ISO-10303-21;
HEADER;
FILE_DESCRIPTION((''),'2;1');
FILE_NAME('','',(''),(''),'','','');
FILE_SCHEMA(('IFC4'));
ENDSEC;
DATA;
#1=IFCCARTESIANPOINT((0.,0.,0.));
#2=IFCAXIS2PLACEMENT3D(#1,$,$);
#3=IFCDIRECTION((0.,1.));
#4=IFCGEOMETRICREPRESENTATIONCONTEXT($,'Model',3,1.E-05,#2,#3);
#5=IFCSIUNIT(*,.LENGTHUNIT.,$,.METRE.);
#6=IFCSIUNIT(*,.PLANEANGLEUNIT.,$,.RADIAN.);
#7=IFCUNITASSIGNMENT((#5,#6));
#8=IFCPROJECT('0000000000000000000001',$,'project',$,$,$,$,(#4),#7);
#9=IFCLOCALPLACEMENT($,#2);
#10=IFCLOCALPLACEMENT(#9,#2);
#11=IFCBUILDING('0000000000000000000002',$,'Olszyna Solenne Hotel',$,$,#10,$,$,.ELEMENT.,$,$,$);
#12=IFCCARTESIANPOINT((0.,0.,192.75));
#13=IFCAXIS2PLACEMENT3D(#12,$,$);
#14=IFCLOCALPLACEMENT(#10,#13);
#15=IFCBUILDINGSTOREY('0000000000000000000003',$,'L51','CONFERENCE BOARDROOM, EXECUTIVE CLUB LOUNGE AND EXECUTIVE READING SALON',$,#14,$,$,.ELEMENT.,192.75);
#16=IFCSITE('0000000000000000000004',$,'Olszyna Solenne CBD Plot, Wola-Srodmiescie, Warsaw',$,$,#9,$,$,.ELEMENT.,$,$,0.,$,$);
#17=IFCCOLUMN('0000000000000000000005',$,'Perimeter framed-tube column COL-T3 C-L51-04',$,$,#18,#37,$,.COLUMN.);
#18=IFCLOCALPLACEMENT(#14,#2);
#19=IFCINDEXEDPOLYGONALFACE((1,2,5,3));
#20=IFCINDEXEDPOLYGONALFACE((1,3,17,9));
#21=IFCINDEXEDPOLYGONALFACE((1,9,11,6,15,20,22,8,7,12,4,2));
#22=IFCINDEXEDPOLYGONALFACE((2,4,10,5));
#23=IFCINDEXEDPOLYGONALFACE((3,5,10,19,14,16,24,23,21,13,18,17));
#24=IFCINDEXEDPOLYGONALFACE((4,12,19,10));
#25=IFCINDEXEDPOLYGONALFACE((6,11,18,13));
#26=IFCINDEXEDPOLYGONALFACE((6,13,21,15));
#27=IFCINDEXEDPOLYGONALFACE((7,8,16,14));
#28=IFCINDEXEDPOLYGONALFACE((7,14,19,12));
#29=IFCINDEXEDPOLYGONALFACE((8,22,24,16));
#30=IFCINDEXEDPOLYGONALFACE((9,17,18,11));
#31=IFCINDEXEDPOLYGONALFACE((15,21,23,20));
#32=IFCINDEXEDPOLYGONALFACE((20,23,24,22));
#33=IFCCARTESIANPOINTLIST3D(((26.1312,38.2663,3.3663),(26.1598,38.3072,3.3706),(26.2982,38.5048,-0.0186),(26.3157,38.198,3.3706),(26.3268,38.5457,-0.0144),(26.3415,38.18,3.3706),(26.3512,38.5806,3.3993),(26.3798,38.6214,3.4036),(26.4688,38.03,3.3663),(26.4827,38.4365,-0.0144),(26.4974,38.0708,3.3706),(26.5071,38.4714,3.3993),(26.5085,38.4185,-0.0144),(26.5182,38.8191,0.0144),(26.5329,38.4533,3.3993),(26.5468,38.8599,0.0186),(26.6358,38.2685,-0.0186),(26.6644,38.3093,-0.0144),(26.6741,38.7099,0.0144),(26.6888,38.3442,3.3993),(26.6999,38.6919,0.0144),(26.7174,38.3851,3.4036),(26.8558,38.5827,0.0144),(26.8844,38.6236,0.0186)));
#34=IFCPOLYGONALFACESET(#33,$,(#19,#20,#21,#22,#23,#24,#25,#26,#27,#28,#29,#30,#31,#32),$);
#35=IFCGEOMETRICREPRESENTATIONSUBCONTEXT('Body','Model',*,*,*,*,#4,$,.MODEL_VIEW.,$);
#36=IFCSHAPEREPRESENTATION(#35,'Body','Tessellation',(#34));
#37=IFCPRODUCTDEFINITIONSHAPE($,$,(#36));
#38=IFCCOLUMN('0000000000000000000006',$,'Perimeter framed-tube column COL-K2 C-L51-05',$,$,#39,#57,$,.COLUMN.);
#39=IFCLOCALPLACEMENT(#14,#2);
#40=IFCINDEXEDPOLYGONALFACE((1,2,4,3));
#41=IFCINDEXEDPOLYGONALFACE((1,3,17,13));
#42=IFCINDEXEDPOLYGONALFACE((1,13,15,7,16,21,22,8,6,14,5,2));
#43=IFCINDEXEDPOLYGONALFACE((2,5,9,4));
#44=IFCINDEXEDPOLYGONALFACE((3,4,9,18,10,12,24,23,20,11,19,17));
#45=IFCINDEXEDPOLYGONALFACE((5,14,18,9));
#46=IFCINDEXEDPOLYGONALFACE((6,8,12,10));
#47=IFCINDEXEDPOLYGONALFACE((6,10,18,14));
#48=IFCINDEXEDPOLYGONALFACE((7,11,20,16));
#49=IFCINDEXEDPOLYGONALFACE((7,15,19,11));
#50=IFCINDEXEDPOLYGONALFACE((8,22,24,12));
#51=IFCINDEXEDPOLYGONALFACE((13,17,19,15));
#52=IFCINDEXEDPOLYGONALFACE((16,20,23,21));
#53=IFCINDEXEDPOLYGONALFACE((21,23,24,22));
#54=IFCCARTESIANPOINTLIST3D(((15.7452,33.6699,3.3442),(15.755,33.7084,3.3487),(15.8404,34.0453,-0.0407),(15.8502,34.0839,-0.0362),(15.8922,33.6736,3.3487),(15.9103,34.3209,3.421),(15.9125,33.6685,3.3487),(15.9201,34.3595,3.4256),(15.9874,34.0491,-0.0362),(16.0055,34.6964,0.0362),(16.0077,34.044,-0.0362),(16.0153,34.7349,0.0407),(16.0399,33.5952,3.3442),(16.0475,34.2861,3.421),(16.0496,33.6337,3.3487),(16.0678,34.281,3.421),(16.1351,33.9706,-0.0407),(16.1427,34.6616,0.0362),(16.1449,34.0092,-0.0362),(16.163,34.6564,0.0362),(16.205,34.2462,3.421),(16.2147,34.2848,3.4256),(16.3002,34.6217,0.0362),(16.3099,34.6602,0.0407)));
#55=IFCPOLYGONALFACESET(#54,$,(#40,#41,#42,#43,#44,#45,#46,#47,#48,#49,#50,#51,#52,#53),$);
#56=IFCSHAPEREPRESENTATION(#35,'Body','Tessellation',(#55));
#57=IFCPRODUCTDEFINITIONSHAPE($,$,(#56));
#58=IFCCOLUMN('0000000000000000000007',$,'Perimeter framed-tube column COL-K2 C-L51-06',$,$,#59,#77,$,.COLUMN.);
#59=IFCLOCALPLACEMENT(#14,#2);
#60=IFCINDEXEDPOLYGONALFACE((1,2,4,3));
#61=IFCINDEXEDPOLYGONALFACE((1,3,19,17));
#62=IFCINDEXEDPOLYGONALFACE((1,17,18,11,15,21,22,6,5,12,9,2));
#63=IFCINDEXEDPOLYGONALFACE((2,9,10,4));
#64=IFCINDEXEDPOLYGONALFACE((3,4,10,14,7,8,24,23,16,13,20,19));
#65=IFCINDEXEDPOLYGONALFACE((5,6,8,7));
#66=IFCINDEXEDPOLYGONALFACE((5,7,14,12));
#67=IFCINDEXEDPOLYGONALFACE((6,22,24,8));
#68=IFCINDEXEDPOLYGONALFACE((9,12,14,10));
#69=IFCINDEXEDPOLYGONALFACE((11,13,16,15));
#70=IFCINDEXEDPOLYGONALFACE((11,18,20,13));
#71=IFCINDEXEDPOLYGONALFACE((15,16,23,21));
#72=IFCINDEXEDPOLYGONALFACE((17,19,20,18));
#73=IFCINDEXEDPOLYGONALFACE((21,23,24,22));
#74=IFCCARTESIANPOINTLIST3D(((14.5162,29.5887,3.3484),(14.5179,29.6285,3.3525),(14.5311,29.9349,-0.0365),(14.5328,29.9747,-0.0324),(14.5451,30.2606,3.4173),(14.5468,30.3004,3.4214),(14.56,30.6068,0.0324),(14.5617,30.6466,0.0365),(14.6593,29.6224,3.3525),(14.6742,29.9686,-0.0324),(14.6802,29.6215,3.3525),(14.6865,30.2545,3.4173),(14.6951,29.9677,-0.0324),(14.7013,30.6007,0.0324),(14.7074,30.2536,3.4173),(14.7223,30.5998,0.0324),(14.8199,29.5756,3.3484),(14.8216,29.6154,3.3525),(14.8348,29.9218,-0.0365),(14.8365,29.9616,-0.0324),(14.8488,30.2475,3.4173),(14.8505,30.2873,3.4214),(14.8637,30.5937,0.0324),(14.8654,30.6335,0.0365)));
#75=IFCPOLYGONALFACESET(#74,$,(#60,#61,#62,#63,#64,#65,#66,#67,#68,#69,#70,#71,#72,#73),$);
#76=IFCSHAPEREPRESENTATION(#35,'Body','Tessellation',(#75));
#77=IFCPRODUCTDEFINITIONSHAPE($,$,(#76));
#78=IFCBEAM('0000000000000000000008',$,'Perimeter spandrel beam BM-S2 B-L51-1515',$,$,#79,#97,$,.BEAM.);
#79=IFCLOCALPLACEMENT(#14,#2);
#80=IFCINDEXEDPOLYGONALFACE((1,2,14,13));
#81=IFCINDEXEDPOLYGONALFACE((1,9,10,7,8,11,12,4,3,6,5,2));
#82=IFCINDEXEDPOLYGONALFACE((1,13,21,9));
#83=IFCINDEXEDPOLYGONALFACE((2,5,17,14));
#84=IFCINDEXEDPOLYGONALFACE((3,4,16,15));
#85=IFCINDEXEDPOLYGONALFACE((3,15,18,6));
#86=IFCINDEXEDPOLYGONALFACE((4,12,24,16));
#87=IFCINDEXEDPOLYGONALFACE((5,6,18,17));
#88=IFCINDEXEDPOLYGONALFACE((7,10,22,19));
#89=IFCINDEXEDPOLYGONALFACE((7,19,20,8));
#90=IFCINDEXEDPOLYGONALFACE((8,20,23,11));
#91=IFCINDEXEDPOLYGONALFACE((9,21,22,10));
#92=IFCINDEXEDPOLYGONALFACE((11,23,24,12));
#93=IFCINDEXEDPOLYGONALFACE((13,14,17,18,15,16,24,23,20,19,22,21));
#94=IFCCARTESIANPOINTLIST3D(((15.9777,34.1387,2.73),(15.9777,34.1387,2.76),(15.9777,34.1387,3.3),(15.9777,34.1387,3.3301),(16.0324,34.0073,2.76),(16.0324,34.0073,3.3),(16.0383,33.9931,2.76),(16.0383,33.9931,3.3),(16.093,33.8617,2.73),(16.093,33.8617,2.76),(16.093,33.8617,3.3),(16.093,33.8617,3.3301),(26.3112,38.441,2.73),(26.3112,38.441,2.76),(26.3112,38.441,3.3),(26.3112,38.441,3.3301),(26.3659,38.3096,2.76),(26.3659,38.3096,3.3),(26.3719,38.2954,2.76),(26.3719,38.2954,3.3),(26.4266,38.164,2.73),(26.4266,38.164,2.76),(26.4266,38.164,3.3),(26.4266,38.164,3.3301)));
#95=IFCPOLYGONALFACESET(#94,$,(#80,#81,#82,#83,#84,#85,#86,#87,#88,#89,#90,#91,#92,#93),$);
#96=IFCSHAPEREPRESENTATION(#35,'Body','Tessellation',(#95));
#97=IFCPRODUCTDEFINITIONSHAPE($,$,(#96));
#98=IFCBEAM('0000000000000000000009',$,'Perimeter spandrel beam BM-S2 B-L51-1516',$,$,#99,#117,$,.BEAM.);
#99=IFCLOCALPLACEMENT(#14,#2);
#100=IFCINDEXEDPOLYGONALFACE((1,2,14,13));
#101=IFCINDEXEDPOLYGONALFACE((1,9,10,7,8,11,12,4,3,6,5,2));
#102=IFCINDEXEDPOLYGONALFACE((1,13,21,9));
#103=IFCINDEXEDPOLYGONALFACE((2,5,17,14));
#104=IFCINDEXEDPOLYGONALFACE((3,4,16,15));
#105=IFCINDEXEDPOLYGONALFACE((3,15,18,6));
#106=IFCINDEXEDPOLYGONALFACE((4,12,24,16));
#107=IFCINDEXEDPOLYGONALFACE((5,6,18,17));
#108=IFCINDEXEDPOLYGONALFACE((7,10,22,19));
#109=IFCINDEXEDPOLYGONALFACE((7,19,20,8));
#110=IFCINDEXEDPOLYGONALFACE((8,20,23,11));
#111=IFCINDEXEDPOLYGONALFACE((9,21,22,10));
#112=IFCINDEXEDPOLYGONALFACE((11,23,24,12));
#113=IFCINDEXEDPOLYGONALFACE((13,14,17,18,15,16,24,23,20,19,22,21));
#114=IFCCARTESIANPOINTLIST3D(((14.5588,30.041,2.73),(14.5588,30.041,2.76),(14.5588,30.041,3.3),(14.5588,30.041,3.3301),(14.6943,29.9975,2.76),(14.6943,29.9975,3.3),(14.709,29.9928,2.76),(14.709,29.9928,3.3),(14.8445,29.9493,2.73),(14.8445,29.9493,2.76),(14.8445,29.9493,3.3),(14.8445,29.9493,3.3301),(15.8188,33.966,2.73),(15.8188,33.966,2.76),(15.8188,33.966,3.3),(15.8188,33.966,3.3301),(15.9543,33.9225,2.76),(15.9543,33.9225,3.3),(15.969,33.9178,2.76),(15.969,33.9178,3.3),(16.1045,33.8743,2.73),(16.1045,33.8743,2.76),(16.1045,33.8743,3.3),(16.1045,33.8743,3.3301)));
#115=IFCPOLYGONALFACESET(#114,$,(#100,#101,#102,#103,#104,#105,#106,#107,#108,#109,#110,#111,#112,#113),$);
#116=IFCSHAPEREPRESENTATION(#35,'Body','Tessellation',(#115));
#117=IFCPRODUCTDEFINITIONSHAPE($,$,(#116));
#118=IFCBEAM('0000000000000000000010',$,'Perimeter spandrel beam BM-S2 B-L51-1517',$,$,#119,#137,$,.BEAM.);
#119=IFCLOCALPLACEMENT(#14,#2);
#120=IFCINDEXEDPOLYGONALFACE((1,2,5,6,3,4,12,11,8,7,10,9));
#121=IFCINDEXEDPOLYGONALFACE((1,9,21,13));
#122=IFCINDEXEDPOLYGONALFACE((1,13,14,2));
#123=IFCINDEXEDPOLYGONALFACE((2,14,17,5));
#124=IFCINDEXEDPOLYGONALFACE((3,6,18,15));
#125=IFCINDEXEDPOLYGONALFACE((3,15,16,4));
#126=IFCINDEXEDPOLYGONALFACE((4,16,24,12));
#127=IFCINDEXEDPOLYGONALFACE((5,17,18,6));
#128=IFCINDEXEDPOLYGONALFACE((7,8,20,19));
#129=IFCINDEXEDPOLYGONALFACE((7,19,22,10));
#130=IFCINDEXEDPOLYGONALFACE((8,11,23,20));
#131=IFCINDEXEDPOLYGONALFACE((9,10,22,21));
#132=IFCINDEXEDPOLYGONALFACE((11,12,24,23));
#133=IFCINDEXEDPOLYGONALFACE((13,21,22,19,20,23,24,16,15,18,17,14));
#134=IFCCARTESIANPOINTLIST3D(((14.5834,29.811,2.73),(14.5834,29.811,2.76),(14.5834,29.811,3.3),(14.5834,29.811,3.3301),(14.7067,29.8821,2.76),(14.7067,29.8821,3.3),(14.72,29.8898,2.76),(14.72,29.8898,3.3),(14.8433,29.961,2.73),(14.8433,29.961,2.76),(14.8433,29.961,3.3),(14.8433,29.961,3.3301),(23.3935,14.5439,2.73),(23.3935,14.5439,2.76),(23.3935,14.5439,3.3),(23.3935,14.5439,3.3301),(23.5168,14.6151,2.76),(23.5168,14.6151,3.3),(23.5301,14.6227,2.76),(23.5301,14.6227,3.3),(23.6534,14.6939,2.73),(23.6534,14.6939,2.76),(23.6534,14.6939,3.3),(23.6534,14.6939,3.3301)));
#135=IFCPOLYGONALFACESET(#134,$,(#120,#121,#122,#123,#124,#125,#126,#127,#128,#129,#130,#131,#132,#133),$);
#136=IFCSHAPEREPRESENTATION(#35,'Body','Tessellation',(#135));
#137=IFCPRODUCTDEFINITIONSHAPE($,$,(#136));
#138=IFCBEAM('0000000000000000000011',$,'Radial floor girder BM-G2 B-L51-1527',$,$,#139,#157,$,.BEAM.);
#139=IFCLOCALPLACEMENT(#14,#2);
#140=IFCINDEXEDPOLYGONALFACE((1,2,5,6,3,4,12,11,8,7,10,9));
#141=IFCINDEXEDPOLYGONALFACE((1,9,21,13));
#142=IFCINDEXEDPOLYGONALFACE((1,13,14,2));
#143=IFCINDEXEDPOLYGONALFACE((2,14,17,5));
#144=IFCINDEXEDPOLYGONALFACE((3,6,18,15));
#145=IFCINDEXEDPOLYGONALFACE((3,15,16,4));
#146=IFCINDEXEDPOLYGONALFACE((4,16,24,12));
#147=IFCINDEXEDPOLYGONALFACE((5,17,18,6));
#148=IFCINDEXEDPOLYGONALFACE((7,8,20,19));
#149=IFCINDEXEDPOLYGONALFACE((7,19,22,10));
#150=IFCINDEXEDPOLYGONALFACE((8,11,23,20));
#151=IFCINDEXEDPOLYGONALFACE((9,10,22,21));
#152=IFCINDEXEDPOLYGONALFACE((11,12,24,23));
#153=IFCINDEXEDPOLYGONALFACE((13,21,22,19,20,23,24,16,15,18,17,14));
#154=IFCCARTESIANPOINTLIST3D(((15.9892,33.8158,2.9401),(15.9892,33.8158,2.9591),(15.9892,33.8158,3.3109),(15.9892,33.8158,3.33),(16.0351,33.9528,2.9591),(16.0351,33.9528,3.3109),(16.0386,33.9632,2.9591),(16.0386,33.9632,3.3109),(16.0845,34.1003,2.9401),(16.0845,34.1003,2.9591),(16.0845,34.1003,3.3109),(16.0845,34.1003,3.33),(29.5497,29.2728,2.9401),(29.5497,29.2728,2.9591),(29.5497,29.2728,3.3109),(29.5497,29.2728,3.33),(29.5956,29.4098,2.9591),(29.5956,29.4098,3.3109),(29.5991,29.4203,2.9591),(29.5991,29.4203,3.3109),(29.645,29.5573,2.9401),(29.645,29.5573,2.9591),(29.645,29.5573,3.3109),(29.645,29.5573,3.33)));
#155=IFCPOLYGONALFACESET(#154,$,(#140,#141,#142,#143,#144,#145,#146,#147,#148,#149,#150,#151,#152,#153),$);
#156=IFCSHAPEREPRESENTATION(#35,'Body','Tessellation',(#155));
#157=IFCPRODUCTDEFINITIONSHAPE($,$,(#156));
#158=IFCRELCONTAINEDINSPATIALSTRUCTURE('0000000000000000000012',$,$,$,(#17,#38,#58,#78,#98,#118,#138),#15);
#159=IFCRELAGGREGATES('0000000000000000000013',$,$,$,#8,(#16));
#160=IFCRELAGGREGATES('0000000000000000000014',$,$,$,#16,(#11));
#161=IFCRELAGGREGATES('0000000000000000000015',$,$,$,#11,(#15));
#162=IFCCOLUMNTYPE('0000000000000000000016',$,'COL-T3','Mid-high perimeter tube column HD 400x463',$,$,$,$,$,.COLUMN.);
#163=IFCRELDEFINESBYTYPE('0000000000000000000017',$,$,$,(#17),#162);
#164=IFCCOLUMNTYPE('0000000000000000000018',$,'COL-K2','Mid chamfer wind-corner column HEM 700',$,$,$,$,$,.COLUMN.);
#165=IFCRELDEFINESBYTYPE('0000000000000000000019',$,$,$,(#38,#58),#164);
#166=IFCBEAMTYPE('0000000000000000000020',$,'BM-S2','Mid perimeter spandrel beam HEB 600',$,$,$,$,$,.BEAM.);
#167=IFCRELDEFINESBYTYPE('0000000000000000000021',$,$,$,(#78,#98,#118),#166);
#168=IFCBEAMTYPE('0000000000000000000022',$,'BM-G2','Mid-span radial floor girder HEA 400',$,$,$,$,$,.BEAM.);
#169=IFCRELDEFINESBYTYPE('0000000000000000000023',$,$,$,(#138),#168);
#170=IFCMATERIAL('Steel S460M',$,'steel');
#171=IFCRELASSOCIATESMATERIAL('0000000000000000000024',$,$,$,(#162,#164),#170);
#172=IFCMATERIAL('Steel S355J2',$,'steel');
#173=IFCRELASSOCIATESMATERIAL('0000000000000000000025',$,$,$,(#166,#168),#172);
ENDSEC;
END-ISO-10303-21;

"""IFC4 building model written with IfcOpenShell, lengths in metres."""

from ifc_helpers import new_model, si_unit, direction, frame, origin, origin_2d, place, context, subcontext, project, spatial, i_section, extrude, source, transform, mapped, material, material_profile, profile_set, type_object, element, save


model = new_model("IFC4")

# Units and contexts
model_context = context("Model", 3, precision=1e-05, world=origin(), true_north=direction((0.0, 1.0)))
body_context = subcontext(model_context, "Body", "Model", "MODEL_VIEW")
ifc_project = project(units=[si_unit("LENGTHUNIT", "METRE"), si_unit("PLANEANGLEUNIT", "RADIAN")], contexts=[model_context])

# Site, building, storey
site_placement = place(None, origin())
site = spatial("IfcSite", under=ifc_project, at=site_placement, Name="Olszyna Solenne CBD Plot, Wola-Srodmiescie, Warsaw", CompositionType="ELEMENT", RefElevation=0.0)
building_placement = place(site_placement, origin())
building = spatial("IfcBuilding", under=site, at=building_placement, Name="Olszyna Solenne Hotel", CompositionType="ELEMENT")
storey_placement = place(building_placement, frame((0.0, 0.0, 192.75)))
storey = spatial("IfcBuildingStorey", under=building, at=storey_placement, Name="L51", Description="CONFERENCE BOARDROOM, EXECUTIVE CLUB LOUNGE AND EXECUTIVE READING SALON", CompositionType="ELEMENT", Elevation=192.75)

# Columns
ifc_material_1 = material(Name="Steel S460M", Category="steel")
ifc_material_profile_1 = material_profile(ifc_material_1, i_section(OverallWidth=0.4121, OverallDepth=0.4351, WebThickness=0.0315, FlangeThickness=0.05, at=origin_2d()), Name="HD 400x463", Category="load-bearing")
ifc_profile_set_1 = profile_set([ifc_material_profile_1], Name="Steel S460M")
column_type_1 = type_object("IfcColumnType", Name="COL-T3", Description="Mid-high perimeter tube column HD 400x463", PredefinedType="COLUMN", material=ifc_profile_set_1)
shared_shape_1 = source(origin(), body_context, "Body", "SweptSolid", [
    extrude(i_section(OverallWidth=0.4121, OverallDepth=0.4351, WebThickness=0.0315, FlangeThickness=0.05, at=origin_2d()), origin(), (0.0, 0.0, 1.0), 3.3975),
])
column_1_placement = place(storey_placement, frame((26.5913, 38.5642, 0.0), z_axis=(-0.049151, -0.070206, 0.996321), x_axis=(0.819193, -0.573519, 0.0)))
element("IfcColumn", 1, at=column_1_placement, inside=storey, type_object=column_type_1, Name="Perimeter framed-tube column COL-T3 C-L51-04", PredefinedType="COLUMN", context=body_context, shape_type="MappedRepresentation", body=[
    mapped(shared_shape_1, transform((0.0, 0.0, 0.0), x_axis=(1.0, 0.0, 0.0), y_axis=(0.0, 1.0, 0.0), z_axis=(0.0, 0.0, 1.0), scale=1.0)),
])
ifc_material_profile_2 = material_profile(ifc_material_1, i_section(OverallWidth=0.304, OverallDepth=0.7161, WebThickness=0.021, FlangeThickness=0.04, at=origin_2d()), Name="HEM 700", Category="load-bearing")
ifc_profile_set_2 = profile_set([ifc_material_profile_2], Name="Steel S460M")
column_type_2 = type_object("IfcColumnType", Name="COL-K2", Description="Mid chamfer wind-corner column HEM 700", PredefinedType="COLUMN", material=ifc_profile_set_2)
shared_shape_2 = source(origin(), body_context, "Body", "SweptSolid", [
    extrude(i_section(OverallWidth=0.304, OverallDepth=0.7161, WebThickness=0.021, FlangeThickness=0.04, at=origin_2d()), origin(), (0.0, 0.0, 1.0), 3.407),
])
column_2_placement = place(storey_placement, frame((16.0752, 34.3528, 0.0), z_axis=(-0.027946, -0.110208, 0.993516), x_axis=(0.969321, -0.245797, 0.0)))
element("IfcColumn", 2, at=column_2_placement, inside=storey, type_object=column_type_2, Name="Perimeter framed-tube column COL-K2 C-L51-05", PredefinedType="COLUMN", context=body_context, shape_type="MappedRepresentation", body=[
    mapped(shared_shape_2, transform((0.0, 0.0, 0.0), x_axis=(1.0, 0.0, 0.0), y_axis=(0.0, 1.0, 0.0), z_axis=(0.0, 0.0, 1.0), scale=1.0)),
])
shared_shape_3 = source(origin(), body_context, "Body", "SweptSolid", [
    extrude(i_section(OverallWidth=0.304, OverallDepth=0.7161, WebThickness=0.021, FlangeThickness=0.04, at=origin_2d()), origin(), (0.0, 0.0, 1.0), 3.4026),
])
column_3_placement = place(storey_placement, frame((14.6982, 30.2842, 0.0), z_axis=(-0.004377, -0.10174, 0.994801), x_axis=(0.999076, -0.042979, 0.0)))
element("IfcColumn", 3, at=column_3_placement, inside=storey, type_object=column_type_2, Name="Perimeter framed-tube column COL-K2 C-L51-06", PredefinedType="COLUMN", context=body_context, shape_type="MappedRepresentation", body=[
    mapped(shared_shape_3, transform((0.0, 0.0, 0.0), x_axis=(1.0, 0.0, 0.0), y_axis=(0.0, 1.0, 0.0), z_axis=(0.0, 0.0, 1.0), scale=1.0)),
])

# Beams
ifc_material_2 = material(Name="Steel S355J2", Category="steel")
ifc_material_profile_3 = material_profile(ifc_material_2, i_section(OverallWidth=0.3, OverallDepth=0.6001, WebThickness=0.0154, FlangeThickness=0.03, at=origin_2d()), Name="HEB 600", Category="load-bearing")
ifc_profile_set_3 = profile_set([ifc_material_profile_3], Name="Steel S355J2")
beam_type_1 = type_object("IfcBeamType", Name="BM-S2", Description="Mid perimeter spandrel beam HEB 600", PredefinedType="BEAM", material=ifc_profile_set_3)
shared_shape_4 = source(origin(), body_context, "Body", "SweptSolid", [
    extrude(i_section(OverallWidth=0.3, OverallDepth=0.6001, WebThickness=0.0154, FlangeThickness=0.03, at=origin_2d()), origin(), (0.0, 0.0, 1.0), 11.1934),
])
beam_1_placement = place(storey_placement, frame((26.3689, 38.3025, 3.03), z_axis=(-0.923184, -0.384358, 0.0), x_axis=(0.384358, -0.923184, 0.0)))
element("IfcBeam", 4, at=beam_1_placement, inside=storey, type_object=beam_type_1, Name="Perimeter spandrel beam BM-S2 B-L51-1515", PredefinedType="BEAM", context=body_context, shape_type="MappedRepresentation", body=[
    mapped(shared_shape_4, transform((0.0, 0.0, 0.0), x_axis=(1.0, 0.0, 0.0), y_axis=(0.0, 1.0, 0.0), z_axis=(0.0, 0.0, 1.0), scale=1.0)),
])
shared_shape_5 = source(origin(), body_context, "Body", "SweptSolid", [
    extrude(i_section(OverallWidth=0.3, OverallDepth=0.6001, WebThickness=0.0154, FlangeThickness=0.03, at=origin_2d()), origin(), (0.0, 0.0, 1.0), 4.1223),
])
beam_2_placement = place(storey_placement, frame((15.9617, 33.9202, 3.03), z_axis=(-0.305655, -0.952142, 0.0), x_axis=(0.952142, -0.305655, 0.0)))
element("IfcBeam", 5, at=beam_2_placement, inside=storey, type_object=beam_type_1, Name="Perimeter spandrel beam BM-S2 B-L51-1516", PredefinedType="BEAM", context=body_context, shape_type="MappedRepresentation", body=[
    mapped(shared_shape_5, transform((0.0, 0.0, 0.0), x_axis=(1.0, 0.0, 0.0), y_axis=(0.0, 1.0, 0.0), z_axis=(0.0, 0.0, 1.0), scale=1.0)),
])
shared_shape_6 = source(origin(), body_context, "Body", "SweptSolid", [
    extrude(i_section(OverallWidth=0.3, OverallDepth=0.6001, WebThickness=0.0154, FlangeThickness=0.03, at=origin_2d()), origin(), (0.0, 0.0, 1.0), 17.6267),
])
beam_3_placement = place(storey_placement, frame((14.7134, 29.886, 3.03), z_axis=(0.499813, -0.866133, 0.0), x_axis=(0.866133, 0.499813, 0.0)))
element("IfcBeam", 6, at=beam_3_placement, inside=storey, type_object=beam_type_1, Name="Perimeter spandrel beam BM-S2 B-L51-1517", PredefinedType="BEAM", context=body_context, shape_type="MappedRepresentation", body=[
    mapped(shared_shape_6, transform((0.0, 0.0, 0.0), x_axis=(1.0, 0.0, 0.0), y_axis=(0.0, 1.0, 0.0), z_axis=(0.0, 0.0, 1.0), scale=1.0)),
])
ifc_material_profile_4 = material_profile(ifc_material_2, i_section(OverallWidth=0.3, OverallDepth=0.3899, WebThickness=0.011, FlangeThickness=0.019, at=origin_2d()), Name="HEA 400", Category="load-bearing")
ifc_profile_set_4 = profile_set([ifc_material_profile_4], Name="Steel S355J2")
beam_type_2 = type_object("IfcBeamType", Name="BM-G2", Description="Mid-span radial floor girder HEA 400", PredefinedType="BEAM", material=ifc_profile_set_4)
shared_shape_7 = source(origin(), body_context, "Body", "SweptSolid", [
    extrude(i_section(OverallWidth=0.3, OverallDepth=0.3899, WebThickness=0.011, FlangeThickness=0.019, at=origin_2d()), origin(), (0.0, 0.0, 1.0), 14.3013),
])
beam_4_placement = place(storey_placement, frame((16.0369, 33.958, 3.135), z_axis=(0.948204, -0.317661, 0.0), x_axis=(0.317661, 0.948204, 0.0)))
element("IfcBeam", 7, at=beam_4_placement, inside=storey, type_object=beam_type_2, Name="Radial floor girder BM-G2 B-L51-1527", PredefinedType="BEAM", context=body_context, shape_type="MappedRepresentation", body=[
    mapped(shared_shape_7, transform((0.0, 0.0, 0.0), x_axis=(1.0, 0.0, 0.0), y_axis=(0.0, 1.0, 0.0), z_axis=(0.0, 0.0, 1.0), scale=1.0)),
])

save(model, "model.ifc")
